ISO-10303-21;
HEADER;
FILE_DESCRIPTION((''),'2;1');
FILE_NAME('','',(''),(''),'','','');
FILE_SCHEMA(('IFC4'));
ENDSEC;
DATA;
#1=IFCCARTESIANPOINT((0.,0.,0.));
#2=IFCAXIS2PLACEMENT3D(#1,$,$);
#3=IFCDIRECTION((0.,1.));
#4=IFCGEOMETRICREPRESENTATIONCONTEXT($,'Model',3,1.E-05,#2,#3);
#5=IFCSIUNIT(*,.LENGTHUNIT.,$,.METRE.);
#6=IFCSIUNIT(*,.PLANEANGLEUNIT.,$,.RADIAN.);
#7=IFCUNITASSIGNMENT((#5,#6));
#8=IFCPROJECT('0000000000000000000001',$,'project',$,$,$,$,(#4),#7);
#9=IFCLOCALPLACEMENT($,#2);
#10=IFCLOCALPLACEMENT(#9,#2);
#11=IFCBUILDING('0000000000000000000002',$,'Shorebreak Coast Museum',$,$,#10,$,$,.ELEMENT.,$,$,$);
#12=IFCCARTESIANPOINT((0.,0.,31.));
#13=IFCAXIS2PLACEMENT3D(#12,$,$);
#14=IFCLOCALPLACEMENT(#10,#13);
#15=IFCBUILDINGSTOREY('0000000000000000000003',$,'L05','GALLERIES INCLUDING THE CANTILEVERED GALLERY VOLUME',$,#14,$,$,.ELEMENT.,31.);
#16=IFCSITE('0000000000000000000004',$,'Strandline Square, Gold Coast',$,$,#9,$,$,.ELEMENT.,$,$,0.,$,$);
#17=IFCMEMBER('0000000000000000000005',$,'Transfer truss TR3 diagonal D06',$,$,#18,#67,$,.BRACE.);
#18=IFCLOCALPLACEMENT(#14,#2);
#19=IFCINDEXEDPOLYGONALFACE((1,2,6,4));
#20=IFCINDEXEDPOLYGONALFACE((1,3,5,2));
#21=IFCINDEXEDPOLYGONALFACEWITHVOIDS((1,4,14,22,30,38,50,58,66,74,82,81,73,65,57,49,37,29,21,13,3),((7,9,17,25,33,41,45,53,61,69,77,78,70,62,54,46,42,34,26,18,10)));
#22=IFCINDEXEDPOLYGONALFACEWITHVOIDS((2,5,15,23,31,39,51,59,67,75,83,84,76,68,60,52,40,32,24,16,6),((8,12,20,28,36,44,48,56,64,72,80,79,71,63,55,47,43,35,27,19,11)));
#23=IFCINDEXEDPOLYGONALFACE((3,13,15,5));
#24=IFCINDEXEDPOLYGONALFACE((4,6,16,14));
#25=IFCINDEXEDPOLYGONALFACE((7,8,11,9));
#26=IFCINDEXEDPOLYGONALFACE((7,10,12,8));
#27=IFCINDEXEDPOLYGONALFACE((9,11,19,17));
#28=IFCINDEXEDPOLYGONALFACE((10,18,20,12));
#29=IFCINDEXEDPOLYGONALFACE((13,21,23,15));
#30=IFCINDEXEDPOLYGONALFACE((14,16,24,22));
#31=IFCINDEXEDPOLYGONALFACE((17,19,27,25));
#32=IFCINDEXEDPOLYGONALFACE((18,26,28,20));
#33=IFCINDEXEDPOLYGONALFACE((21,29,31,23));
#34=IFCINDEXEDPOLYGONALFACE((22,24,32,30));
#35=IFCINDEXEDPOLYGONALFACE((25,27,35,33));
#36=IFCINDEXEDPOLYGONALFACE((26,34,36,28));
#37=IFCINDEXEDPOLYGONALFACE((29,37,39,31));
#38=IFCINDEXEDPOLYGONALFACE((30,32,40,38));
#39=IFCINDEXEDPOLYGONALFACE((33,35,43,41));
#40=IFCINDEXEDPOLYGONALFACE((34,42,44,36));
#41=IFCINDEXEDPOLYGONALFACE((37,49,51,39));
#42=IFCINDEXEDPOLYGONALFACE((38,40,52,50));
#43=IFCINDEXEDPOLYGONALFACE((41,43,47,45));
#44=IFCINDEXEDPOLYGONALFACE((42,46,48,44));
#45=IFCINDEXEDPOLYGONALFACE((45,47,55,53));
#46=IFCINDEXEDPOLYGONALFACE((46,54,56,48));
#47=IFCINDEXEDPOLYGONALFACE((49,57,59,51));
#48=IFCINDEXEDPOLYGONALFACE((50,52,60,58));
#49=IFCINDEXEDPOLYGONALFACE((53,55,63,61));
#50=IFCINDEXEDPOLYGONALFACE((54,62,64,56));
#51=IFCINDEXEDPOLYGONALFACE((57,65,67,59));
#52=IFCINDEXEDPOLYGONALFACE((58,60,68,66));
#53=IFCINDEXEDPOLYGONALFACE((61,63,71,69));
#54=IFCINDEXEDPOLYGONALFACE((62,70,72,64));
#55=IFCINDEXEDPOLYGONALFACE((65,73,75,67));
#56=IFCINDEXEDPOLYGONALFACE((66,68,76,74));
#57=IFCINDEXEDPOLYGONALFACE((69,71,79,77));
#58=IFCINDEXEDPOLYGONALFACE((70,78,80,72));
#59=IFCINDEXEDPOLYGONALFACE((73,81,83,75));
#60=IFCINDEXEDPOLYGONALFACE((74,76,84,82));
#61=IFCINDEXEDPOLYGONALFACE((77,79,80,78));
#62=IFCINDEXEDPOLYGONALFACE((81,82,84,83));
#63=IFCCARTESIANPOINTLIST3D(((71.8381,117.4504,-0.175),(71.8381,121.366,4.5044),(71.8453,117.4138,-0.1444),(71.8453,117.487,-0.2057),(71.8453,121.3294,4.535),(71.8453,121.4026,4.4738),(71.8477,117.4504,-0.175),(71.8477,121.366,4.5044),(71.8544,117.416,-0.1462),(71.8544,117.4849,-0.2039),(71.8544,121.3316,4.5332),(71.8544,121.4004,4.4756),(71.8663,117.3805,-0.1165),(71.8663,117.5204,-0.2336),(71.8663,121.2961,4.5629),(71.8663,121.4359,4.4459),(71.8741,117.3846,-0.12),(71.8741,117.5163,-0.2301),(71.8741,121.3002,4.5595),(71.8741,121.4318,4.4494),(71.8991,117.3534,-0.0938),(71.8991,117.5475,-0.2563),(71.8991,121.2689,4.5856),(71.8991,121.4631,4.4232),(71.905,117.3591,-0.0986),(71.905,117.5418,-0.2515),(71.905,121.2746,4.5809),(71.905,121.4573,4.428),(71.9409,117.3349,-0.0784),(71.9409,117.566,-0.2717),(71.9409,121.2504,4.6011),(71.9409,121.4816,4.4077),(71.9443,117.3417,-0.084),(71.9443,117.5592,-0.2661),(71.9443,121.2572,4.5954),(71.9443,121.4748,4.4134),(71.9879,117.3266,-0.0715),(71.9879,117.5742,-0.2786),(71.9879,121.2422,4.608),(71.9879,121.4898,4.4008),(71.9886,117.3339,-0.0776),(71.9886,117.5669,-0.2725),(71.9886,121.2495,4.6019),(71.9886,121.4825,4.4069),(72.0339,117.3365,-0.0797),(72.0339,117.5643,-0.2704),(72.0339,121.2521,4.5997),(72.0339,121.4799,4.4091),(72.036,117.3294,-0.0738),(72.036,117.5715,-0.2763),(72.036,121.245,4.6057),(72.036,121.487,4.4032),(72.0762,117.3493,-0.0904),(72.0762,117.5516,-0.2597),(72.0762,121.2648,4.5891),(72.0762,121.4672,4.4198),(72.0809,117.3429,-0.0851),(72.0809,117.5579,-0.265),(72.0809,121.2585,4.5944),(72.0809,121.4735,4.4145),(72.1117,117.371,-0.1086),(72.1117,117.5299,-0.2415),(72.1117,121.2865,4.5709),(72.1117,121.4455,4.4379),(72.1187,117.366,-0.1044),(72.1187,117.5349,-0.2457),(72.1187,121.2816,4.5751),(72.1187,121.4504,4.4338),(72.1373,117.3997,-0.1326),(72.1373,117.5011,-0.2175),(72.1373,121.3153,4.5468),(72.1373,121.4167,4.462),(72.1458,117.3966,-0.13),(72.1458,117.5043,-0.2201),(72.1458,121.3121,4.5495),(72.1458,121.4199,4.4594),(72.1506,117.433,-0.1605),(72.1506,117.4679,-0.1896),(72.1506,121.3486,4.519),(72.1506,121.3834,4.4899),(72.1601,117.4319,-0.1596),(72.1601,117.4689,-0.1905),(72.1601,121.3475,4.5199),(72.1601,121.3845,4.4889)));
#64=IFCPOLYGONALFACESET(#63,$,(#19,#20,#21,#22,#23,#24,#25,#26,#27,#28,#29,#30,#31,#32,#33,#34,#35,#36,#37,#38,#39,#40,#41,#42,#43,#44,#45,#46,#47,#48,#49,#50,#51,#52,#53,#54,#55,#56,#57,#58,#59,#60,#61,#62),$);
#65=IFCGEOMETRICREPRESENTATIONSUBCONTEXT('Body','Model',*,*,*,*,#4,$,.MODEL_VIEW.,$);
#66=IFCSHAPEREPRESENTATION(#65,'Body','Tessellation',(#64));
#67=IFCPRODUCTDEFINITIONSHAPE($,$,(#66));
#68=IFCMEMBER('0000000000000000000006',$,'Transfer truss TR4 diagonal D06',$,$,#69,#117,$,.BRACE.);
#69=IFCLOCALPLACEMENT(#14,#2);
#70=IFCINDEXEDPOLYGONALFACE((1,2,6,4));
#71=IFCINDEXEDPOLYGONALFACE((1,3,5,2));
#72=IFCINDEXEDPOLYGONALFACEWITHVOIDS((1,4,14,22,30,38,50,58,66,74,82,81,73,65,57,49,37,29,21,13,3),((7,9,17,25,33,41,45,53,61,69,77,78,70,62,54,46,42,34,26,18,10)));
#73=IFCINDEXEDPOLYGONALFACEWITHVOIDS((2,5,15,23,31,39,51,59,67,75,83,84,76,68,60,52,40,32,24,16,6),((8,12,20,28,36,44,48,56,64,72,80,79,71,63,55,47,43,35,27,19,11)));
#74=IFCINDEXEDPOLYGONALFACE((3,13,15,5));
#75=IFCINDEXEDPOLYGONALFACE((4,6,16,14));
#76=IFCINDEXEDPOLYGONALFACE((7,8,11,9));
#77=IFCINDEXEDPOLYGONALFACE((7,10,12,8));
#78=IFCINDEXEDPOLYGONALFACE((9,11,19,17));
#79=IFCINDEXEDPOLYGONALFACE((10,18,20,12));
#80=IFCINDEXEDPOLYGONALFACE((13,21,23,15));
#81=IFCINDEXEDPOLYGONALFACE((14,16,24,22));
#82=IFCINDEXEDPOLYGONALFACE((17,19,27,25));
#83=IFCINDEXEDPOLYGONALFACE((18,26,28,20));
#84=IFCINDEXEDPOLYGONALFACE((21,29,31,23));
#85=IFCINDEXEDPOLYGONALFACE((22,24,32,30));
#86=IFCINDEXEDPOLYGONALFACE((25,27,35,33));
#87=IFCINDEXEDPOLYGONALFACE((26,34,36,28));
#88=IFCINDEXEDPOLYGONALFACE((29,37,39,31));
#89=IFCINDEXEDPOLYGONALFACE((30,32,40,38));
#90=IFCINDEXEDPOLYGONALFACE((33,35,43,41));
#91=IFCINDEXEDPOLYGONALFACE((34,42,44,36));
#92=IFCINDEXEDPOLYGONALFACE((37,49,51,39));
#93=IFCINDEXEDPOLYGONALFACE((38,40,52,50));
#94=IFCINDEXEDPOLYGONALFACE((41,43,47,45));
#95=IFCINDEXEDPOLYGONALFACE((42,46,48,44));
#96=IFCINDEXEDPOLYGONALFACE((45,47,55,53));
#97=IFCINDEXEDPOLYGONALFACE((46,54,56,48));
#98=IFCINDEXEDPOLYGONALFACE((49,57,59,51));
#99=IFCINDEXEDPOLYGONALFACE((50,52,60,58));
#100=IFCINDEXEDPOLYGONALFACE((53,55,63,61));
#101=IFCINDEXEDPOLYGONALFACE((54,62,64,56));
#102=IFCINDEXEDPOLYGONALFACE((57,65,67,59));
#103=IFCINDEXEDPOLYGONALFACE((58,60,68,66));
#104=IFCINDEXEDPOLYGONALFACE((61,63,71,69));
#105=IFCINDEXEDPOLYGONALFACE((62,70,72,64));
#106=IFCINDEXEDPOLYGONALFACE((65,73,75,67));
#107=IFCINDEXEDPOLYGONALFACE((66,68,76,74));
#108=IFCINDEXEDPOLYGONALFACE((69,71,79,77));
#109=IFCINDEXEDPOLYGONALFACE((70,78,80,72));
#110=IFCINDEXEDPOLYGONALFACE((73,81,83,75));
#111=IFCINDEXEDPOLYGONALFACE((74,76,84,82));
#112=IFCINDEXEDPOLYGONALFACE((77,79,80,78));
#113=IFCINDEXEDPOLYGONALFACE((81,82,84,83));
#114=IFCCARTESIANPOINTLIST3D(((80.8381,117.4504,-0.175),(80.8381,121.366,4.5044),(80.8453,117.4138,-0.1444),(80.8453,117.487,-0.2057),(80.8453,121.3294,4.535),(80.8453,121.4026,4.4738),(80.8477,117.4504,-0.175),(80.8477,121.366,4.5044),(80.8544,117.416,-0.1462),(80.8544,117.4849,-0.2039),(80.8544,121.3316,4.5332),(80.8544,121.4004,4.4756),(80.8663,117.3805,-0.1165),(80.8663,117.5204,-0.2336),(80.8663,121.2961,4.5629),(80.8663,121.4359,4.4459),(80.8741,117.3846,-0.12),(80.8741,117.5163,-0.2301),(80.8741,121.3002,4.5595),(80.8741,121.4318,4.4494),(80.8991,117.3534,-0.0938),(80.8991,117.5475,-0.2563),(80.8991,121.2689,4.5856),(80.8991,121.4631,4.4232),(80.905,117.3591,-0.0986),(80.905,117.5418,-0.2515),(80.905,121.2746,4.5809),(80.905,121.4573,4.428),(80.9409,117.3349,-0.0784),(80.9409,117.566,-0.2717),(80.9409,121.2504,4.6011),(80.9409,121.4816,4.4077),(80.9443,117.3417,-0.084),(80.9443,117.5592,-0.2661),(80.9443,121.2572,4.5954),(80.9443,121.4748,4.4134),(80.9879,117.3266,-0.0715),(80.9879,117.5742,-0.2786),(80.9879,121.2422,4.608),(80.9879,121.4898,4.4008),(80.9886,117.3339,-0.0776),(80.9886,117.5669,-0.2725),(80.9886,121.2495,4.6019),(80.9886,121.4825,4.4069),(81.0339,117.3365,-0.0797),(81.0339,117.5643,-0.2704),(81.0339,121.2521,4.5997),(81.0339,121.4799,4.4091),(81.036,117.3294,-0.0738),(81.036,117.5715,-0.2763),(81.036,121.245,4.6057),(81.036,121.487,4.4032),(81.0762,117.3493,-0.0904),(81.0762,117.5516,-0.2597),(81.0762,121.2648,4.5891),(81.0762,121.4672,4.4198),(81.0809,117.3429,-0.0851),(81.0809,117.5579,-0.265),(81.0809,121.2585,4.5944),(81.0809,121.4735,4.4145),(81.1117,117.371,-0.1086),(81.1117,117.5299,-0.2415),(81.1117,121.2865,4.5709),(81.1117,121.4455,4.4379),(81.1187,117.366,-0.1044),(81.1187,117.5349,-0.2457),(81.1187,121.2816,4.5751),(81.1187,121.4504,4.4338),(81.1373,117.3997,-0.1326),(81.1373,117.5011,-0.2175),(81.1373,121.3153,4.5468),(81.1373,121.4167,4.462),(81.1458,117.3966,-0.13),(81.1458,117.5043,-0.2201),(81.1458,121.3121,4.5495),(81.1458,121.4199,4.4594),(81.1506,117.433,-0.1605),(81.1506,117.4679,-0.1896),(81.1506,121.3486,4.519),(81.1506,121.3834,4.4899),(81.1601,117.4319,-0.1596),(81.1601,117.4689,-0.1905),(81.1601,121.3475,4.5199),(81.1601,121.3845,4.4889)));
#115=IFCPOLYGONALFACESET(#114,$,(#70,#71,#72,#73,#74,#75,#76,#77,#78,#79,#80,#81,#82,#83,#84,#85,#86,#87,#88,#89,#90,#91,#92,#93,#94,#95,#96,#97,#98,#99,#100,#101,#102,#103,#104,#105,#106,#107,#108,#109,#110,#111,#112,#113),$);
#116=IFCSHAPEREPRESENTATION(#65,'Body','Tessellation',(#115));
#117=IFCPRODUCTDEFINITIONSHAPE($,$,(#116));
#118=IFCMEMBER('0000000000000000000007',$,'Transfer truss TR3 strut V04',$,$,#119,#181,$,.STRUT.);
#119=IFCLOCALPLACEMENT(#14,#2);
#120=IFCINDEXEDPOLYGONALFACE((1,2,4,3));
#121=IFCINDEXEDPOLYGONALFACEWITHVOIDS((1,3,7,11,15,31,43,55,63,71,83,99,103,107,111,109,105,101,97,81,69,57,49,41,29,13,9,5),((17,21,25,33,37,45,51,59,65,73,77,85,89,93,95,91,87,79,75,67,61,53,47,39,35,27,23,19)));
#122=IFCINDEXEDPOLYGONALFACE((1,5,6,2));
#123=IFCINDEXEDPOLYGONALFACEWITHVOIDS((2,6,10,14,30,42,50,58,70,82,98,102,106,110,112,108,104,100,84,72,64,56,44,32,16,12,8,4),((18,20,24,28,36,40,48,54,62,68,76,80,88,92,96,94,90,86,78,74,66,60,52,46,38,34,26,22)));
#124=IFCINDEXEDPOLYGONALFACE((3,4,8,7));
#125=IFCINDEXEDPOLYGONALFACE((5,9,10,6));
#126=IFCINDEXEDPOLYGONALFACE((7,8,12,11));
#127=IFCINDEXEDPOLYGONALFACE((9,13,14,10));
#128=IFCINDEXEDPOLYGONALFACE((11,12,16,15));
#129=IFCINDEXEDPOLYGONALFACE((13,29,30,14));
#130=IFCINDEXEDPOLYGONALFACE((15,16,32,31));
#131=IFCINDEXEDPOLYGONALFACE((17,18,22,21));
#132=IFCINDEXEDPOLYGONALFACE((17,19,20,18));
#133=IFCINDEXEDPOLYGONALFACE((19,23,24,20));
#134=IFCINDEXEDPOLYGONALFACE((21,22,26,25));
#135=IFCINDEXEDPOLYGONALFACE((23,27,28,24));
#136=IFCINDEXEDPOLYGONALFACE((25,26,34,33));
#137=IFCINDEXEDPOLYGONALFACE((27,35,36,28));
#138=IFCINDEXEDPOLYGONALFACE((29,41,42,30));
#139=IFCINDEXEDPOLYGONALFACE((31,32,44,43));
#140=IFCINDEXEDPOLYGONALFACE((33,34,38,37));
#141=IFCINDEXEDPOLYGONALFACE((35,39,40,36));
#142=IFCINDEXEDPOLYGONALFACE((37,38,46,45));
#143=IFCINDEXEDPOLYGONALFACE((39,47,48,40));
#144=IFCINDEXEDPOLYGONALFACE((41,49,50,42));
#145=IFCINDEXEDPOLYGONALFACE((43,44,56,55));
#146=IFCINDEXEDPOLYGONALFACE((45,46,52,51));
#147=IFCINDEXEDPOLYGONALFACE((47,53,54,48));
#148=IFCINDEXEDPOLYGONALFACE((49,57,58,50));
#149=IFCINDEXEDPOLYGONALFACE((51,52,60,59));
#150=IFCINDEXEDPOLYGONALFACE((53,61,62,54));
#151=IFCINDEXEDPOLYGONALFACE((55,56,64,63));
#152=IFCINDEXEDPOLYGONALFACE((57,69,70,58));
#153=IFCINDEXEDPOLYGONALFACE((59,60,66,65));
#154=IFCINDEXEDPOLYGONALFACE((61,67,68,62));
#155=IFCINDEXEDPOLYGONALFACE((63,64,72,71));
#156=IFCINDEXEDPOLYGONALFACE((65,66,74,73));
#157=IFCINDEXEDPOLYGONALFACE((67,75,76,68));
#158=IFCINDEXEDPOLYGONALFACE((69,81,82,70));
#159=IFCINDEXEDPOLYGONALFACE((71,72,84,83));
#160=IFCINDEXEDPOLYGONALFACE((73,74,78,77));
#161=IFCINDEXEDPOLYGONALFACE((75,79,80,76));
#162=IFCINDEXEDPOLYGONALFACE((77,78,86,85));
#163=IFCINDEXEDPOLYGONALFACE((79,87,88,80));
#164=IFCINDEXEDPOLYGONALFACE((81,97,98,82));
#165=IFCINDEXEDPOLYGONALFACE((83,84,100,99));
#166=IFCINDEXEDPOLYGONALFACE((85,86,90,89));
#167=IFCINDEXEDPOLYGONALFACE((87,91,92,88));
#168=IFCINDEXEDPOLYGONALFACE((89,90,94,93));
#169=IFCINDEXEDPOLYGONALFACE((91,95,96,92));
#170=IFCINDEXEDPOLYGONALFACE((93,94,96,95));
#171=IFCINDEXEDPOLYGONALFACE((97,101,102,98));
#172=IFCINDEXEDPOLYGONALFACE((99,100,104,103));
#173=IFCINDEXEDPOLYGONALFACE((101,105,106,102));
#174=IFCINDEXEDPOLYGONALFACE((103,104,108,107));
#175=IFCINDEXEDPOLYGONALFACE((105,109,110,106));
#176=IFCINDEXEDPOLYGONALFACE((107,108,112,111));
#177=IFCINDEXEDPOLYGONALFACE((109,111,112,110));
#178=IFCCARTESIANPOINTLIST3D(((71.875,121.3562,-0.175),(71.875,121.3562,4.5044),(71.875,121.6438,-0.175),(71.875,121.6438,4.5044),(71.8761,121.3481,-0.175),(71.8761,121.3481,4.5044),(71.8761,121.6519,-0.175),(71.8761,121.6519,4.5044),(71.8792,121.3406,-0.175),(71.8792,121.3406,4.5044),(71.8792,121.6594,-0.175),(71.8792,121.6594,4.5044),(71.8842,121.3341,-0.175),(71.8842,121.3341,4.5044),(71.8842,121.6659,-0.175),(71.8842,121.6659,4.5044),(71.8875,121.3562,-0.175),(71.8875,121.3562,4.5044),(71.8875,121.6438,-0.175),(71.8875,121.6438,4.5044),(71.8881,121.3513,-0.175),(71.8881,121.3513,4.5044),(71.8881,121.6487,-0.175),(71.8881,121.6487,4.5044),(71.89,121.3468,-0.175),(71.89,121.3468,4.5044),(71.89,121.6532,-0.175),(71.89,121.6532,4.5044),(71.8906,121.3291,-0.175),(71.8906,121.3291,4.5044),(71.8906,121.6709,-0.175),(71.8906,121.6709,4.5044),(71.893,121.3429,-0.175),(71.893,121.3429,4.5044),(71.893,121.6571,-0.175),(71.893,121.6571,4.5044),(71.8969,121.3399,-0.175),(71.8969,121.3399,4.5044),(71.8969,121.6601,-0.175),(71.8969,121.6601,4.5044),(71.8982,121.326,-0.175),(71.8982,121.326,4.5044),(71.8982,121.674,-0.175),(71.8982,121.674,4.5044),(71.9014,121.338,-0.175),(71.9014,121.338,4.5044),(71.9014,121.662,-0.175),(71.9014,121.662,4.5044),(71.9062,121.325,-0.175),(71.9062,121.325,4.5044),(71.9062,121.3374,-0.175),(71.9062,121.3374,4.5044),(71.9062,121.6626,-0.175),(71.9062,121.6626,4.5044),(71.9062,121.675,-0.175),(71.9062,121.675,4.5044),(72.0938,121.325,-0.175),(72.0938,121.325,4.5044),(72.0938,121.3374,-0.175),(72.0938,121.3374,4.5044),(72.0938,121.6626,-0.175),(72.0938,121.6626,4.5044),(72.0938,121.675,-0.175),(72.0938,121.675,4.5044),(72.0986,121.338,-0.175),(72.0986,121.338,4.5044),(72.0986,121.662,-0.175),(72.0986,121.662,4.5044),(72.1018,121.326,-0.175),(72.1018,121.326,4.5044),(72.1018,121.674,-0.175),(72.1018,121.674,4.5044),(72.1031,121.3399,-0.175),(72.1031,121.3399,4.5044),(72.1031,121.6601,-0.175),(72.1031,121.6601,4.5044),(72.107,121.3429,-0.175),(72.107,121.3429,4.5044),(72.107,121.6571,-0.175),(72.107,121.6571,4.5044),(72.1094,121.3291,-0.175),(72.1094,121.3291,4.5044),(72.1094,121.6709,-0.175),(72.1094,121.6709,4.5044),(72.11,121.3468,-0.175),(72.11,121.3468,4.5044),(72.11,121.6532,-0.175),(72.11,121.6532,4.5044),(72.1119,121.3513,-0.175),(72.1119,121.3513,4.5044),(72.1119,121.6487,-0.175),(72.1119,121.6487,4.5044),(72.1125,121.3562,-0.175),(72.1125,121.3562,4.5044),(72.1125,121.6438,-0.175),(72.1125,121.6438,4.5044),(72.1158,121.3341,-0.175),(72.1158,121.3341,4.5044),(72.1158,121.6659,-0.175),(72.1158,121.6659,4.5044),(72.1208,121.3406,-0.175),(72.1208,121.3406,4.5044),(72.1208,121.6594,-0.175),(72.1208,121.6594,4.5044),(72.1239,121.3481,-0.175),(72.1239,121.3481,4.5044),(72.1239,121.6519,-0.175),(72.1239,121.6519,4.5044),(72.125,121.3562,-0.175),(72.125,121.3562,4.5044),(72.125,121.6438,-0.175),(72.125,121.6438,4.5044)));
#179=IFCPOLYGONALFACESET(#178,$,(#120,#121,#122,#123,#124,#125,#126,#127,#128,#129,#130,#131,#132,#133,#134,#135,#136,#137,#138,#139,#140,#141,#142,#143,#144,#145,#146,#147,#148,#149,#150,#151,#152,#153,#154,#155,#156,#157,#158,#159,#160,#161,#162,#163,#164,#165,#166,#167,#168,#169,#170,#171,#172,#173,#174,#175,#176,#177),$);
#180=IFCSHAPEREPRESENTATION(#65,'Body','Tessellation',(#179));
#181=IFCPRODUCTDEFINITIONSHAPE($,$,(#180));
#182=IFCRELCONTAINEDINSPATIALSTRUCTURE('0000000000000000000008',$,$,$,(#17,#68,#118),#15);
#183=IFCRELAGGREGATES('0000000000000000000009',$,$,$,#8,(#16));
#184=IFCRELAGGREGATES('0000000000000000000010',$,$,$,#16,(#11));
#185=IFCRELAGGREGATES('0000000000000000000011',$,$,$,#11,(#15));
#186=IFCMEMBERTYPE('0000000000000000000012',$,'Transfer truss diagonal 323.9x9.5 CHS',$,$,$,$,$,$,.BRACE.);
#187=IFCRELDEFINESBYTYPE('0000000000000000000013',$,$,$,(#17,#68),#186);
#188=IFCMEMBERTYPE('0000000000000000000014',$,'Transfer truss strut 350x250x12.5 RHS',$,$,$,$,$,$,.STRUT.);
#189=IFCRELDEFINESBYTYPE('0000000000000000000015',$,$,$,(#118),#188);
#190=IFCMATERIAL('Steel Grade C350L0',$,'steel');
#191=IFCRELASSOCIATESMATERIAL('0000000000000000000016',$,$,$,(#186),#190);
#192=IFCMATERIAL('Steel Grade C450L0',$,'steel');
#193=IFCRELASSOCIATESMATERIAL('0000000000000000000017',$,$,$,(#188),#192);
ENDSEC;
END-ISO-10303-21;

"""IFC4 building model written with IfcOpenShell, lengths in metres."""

from ifc_helpers import new_model, si_unit, direction, frame, origin, origin_2d, place, context, subcontext, project, spatial, hollow_rectangle, hollow_circle, extrude, material, material_profile, profile_set, type_object, element, save


model = new_model("IFC4")

# Units and contexts
model_context = context("Model", 3, precision=1e-05, world=origin(), true_north=direction((0.0, 1.0)))
body_context = subcontext(model_context, "Body", "Model", "MODEL_VIEW")
ifc_project = project(units=[si_unit("LENGTHUNIT", "METRE"), si_unit("PLANEANGLEUNIT", "RADIAN")], contexts=[model_context])

# Site, building, storey
site_placement = place(None, origin())
site = spatial("IfcSite", under=ifc_project, at=site_placement, Name="Strandline Square, Gold Coast", CompositionType="ELEMENT", RefElevation=0.0)
building_placement = place(site_placement, origin())
building = spatial("IfcBuilding", under=site, at=building_placement, Name="Shorebreak Coast Museum", CompositionType="ELEMENT")
storey_placement = place(building_placement, frame((0.0, 0.0, 31.0)))
storey = spatial("IfcBuildingStorey", under=building, at=storey_placement, Name="L05", Description="GALLERIES INCLUDING THE CANTILEVERED GALLERY VOLUME", CompositionType="ELEMENT", Elevation=31.0)

# Members
ifc_material_1 = material(Name="Steel Grade C350L0", Category="steel")
ifc_material_profile_1 = material_profile(ifc_material_1, hollow_circle(Radius=0.1619, WallThickness=0.0095, at=origin_2d()), Name="323.9x9.5 CHS")
ifc_profile_set_1 = profile_set([ifc_material_profile_1], Name="Steel Grade C350L0")
member_type_1 = type_object("IfcMemberType", Name="Transfer truss diagonal 323.9x9.5 CHS", PredefinedType="BRACE", material=ifc_profile_set_1)
for number, where, z_axis, x_axis, name in (
    (1, (72.0, 117.4504, -0.175), (0.0, 0.64173, 0.766931), (-1.0, 0.0, 0.0), "Transfer truss TR3 diagonal D06"),
    (2, (81.0, 117.4504, -0.175), (0.0, 0.64173, 0.766931), (-1.0, 0.0, 0.0), "Transfer truss TR4 diagonal D06"),
):
    element("IfcMember", number, at=place(storey_placement, frame(where, z_axis=z_axis, x_axis=x_axis)), inside=storey, type_object=member_type_1, Name=name, PredefinedType="BRACE", context=body_context, shape_type="SweptSolid", body=[
        extrude(hollow_circle(Radius=0.1619, WallThickness=0.0095, at=origin_2d()), origin(), (0.0, 0.0, 1.0), 6.1016),
    ])
ifc_material_2 = material(Name="Steel Grade C450L0", Category="steel")
ifc_material_profile_2 = material_profile(ifc_material_2, hollow_rectangle(XDim=0.25, YDim=0.3501, WallThickness=0.0125, InnerFilletRadius=0.0188, OuterFilletRadius=0.0312, at=origin_2d()), Name="350x250x12.5 RHS")
ifc_profile_set_2 = profile_set([ifc_material_profile_2], Name="Steel Grade C450L0")
member_type_2 = type_object("IfcMemberType", Name="Transfer truss strut 350x250x12.5 RHS", PredefinedType="STRUT", material=ifc_profile_set_2)
for number, where, z_axis, x_axis, name in (
    (3, (72.0, 121.5, -0.175), (0.0, 0.0, 1.0), (1.0, 0.0, 0.0), "Transfer truss TR3 strut V04"),
):
    element("IfcMember", number, at=place(storey_placement, frame(where, z_axis=z_axis, x_axis=x_axis)), inside=storey, type_object=member_type_2, Name=name, PredefinedType="STRUT", context=body_context, shape_type="SweptSolid", body=[
        extrude(hollow_rectangle(XDim=0.25, YDim=0.3501, WallThickness=0.0125, InnerFilletRadius=0.0188, OuterFilletRadius=0.0312, at=origin_2d()), origin(), (0.0, 0.0, 1.0), 4.6794),
    ])

save(model, "model.ifc")
